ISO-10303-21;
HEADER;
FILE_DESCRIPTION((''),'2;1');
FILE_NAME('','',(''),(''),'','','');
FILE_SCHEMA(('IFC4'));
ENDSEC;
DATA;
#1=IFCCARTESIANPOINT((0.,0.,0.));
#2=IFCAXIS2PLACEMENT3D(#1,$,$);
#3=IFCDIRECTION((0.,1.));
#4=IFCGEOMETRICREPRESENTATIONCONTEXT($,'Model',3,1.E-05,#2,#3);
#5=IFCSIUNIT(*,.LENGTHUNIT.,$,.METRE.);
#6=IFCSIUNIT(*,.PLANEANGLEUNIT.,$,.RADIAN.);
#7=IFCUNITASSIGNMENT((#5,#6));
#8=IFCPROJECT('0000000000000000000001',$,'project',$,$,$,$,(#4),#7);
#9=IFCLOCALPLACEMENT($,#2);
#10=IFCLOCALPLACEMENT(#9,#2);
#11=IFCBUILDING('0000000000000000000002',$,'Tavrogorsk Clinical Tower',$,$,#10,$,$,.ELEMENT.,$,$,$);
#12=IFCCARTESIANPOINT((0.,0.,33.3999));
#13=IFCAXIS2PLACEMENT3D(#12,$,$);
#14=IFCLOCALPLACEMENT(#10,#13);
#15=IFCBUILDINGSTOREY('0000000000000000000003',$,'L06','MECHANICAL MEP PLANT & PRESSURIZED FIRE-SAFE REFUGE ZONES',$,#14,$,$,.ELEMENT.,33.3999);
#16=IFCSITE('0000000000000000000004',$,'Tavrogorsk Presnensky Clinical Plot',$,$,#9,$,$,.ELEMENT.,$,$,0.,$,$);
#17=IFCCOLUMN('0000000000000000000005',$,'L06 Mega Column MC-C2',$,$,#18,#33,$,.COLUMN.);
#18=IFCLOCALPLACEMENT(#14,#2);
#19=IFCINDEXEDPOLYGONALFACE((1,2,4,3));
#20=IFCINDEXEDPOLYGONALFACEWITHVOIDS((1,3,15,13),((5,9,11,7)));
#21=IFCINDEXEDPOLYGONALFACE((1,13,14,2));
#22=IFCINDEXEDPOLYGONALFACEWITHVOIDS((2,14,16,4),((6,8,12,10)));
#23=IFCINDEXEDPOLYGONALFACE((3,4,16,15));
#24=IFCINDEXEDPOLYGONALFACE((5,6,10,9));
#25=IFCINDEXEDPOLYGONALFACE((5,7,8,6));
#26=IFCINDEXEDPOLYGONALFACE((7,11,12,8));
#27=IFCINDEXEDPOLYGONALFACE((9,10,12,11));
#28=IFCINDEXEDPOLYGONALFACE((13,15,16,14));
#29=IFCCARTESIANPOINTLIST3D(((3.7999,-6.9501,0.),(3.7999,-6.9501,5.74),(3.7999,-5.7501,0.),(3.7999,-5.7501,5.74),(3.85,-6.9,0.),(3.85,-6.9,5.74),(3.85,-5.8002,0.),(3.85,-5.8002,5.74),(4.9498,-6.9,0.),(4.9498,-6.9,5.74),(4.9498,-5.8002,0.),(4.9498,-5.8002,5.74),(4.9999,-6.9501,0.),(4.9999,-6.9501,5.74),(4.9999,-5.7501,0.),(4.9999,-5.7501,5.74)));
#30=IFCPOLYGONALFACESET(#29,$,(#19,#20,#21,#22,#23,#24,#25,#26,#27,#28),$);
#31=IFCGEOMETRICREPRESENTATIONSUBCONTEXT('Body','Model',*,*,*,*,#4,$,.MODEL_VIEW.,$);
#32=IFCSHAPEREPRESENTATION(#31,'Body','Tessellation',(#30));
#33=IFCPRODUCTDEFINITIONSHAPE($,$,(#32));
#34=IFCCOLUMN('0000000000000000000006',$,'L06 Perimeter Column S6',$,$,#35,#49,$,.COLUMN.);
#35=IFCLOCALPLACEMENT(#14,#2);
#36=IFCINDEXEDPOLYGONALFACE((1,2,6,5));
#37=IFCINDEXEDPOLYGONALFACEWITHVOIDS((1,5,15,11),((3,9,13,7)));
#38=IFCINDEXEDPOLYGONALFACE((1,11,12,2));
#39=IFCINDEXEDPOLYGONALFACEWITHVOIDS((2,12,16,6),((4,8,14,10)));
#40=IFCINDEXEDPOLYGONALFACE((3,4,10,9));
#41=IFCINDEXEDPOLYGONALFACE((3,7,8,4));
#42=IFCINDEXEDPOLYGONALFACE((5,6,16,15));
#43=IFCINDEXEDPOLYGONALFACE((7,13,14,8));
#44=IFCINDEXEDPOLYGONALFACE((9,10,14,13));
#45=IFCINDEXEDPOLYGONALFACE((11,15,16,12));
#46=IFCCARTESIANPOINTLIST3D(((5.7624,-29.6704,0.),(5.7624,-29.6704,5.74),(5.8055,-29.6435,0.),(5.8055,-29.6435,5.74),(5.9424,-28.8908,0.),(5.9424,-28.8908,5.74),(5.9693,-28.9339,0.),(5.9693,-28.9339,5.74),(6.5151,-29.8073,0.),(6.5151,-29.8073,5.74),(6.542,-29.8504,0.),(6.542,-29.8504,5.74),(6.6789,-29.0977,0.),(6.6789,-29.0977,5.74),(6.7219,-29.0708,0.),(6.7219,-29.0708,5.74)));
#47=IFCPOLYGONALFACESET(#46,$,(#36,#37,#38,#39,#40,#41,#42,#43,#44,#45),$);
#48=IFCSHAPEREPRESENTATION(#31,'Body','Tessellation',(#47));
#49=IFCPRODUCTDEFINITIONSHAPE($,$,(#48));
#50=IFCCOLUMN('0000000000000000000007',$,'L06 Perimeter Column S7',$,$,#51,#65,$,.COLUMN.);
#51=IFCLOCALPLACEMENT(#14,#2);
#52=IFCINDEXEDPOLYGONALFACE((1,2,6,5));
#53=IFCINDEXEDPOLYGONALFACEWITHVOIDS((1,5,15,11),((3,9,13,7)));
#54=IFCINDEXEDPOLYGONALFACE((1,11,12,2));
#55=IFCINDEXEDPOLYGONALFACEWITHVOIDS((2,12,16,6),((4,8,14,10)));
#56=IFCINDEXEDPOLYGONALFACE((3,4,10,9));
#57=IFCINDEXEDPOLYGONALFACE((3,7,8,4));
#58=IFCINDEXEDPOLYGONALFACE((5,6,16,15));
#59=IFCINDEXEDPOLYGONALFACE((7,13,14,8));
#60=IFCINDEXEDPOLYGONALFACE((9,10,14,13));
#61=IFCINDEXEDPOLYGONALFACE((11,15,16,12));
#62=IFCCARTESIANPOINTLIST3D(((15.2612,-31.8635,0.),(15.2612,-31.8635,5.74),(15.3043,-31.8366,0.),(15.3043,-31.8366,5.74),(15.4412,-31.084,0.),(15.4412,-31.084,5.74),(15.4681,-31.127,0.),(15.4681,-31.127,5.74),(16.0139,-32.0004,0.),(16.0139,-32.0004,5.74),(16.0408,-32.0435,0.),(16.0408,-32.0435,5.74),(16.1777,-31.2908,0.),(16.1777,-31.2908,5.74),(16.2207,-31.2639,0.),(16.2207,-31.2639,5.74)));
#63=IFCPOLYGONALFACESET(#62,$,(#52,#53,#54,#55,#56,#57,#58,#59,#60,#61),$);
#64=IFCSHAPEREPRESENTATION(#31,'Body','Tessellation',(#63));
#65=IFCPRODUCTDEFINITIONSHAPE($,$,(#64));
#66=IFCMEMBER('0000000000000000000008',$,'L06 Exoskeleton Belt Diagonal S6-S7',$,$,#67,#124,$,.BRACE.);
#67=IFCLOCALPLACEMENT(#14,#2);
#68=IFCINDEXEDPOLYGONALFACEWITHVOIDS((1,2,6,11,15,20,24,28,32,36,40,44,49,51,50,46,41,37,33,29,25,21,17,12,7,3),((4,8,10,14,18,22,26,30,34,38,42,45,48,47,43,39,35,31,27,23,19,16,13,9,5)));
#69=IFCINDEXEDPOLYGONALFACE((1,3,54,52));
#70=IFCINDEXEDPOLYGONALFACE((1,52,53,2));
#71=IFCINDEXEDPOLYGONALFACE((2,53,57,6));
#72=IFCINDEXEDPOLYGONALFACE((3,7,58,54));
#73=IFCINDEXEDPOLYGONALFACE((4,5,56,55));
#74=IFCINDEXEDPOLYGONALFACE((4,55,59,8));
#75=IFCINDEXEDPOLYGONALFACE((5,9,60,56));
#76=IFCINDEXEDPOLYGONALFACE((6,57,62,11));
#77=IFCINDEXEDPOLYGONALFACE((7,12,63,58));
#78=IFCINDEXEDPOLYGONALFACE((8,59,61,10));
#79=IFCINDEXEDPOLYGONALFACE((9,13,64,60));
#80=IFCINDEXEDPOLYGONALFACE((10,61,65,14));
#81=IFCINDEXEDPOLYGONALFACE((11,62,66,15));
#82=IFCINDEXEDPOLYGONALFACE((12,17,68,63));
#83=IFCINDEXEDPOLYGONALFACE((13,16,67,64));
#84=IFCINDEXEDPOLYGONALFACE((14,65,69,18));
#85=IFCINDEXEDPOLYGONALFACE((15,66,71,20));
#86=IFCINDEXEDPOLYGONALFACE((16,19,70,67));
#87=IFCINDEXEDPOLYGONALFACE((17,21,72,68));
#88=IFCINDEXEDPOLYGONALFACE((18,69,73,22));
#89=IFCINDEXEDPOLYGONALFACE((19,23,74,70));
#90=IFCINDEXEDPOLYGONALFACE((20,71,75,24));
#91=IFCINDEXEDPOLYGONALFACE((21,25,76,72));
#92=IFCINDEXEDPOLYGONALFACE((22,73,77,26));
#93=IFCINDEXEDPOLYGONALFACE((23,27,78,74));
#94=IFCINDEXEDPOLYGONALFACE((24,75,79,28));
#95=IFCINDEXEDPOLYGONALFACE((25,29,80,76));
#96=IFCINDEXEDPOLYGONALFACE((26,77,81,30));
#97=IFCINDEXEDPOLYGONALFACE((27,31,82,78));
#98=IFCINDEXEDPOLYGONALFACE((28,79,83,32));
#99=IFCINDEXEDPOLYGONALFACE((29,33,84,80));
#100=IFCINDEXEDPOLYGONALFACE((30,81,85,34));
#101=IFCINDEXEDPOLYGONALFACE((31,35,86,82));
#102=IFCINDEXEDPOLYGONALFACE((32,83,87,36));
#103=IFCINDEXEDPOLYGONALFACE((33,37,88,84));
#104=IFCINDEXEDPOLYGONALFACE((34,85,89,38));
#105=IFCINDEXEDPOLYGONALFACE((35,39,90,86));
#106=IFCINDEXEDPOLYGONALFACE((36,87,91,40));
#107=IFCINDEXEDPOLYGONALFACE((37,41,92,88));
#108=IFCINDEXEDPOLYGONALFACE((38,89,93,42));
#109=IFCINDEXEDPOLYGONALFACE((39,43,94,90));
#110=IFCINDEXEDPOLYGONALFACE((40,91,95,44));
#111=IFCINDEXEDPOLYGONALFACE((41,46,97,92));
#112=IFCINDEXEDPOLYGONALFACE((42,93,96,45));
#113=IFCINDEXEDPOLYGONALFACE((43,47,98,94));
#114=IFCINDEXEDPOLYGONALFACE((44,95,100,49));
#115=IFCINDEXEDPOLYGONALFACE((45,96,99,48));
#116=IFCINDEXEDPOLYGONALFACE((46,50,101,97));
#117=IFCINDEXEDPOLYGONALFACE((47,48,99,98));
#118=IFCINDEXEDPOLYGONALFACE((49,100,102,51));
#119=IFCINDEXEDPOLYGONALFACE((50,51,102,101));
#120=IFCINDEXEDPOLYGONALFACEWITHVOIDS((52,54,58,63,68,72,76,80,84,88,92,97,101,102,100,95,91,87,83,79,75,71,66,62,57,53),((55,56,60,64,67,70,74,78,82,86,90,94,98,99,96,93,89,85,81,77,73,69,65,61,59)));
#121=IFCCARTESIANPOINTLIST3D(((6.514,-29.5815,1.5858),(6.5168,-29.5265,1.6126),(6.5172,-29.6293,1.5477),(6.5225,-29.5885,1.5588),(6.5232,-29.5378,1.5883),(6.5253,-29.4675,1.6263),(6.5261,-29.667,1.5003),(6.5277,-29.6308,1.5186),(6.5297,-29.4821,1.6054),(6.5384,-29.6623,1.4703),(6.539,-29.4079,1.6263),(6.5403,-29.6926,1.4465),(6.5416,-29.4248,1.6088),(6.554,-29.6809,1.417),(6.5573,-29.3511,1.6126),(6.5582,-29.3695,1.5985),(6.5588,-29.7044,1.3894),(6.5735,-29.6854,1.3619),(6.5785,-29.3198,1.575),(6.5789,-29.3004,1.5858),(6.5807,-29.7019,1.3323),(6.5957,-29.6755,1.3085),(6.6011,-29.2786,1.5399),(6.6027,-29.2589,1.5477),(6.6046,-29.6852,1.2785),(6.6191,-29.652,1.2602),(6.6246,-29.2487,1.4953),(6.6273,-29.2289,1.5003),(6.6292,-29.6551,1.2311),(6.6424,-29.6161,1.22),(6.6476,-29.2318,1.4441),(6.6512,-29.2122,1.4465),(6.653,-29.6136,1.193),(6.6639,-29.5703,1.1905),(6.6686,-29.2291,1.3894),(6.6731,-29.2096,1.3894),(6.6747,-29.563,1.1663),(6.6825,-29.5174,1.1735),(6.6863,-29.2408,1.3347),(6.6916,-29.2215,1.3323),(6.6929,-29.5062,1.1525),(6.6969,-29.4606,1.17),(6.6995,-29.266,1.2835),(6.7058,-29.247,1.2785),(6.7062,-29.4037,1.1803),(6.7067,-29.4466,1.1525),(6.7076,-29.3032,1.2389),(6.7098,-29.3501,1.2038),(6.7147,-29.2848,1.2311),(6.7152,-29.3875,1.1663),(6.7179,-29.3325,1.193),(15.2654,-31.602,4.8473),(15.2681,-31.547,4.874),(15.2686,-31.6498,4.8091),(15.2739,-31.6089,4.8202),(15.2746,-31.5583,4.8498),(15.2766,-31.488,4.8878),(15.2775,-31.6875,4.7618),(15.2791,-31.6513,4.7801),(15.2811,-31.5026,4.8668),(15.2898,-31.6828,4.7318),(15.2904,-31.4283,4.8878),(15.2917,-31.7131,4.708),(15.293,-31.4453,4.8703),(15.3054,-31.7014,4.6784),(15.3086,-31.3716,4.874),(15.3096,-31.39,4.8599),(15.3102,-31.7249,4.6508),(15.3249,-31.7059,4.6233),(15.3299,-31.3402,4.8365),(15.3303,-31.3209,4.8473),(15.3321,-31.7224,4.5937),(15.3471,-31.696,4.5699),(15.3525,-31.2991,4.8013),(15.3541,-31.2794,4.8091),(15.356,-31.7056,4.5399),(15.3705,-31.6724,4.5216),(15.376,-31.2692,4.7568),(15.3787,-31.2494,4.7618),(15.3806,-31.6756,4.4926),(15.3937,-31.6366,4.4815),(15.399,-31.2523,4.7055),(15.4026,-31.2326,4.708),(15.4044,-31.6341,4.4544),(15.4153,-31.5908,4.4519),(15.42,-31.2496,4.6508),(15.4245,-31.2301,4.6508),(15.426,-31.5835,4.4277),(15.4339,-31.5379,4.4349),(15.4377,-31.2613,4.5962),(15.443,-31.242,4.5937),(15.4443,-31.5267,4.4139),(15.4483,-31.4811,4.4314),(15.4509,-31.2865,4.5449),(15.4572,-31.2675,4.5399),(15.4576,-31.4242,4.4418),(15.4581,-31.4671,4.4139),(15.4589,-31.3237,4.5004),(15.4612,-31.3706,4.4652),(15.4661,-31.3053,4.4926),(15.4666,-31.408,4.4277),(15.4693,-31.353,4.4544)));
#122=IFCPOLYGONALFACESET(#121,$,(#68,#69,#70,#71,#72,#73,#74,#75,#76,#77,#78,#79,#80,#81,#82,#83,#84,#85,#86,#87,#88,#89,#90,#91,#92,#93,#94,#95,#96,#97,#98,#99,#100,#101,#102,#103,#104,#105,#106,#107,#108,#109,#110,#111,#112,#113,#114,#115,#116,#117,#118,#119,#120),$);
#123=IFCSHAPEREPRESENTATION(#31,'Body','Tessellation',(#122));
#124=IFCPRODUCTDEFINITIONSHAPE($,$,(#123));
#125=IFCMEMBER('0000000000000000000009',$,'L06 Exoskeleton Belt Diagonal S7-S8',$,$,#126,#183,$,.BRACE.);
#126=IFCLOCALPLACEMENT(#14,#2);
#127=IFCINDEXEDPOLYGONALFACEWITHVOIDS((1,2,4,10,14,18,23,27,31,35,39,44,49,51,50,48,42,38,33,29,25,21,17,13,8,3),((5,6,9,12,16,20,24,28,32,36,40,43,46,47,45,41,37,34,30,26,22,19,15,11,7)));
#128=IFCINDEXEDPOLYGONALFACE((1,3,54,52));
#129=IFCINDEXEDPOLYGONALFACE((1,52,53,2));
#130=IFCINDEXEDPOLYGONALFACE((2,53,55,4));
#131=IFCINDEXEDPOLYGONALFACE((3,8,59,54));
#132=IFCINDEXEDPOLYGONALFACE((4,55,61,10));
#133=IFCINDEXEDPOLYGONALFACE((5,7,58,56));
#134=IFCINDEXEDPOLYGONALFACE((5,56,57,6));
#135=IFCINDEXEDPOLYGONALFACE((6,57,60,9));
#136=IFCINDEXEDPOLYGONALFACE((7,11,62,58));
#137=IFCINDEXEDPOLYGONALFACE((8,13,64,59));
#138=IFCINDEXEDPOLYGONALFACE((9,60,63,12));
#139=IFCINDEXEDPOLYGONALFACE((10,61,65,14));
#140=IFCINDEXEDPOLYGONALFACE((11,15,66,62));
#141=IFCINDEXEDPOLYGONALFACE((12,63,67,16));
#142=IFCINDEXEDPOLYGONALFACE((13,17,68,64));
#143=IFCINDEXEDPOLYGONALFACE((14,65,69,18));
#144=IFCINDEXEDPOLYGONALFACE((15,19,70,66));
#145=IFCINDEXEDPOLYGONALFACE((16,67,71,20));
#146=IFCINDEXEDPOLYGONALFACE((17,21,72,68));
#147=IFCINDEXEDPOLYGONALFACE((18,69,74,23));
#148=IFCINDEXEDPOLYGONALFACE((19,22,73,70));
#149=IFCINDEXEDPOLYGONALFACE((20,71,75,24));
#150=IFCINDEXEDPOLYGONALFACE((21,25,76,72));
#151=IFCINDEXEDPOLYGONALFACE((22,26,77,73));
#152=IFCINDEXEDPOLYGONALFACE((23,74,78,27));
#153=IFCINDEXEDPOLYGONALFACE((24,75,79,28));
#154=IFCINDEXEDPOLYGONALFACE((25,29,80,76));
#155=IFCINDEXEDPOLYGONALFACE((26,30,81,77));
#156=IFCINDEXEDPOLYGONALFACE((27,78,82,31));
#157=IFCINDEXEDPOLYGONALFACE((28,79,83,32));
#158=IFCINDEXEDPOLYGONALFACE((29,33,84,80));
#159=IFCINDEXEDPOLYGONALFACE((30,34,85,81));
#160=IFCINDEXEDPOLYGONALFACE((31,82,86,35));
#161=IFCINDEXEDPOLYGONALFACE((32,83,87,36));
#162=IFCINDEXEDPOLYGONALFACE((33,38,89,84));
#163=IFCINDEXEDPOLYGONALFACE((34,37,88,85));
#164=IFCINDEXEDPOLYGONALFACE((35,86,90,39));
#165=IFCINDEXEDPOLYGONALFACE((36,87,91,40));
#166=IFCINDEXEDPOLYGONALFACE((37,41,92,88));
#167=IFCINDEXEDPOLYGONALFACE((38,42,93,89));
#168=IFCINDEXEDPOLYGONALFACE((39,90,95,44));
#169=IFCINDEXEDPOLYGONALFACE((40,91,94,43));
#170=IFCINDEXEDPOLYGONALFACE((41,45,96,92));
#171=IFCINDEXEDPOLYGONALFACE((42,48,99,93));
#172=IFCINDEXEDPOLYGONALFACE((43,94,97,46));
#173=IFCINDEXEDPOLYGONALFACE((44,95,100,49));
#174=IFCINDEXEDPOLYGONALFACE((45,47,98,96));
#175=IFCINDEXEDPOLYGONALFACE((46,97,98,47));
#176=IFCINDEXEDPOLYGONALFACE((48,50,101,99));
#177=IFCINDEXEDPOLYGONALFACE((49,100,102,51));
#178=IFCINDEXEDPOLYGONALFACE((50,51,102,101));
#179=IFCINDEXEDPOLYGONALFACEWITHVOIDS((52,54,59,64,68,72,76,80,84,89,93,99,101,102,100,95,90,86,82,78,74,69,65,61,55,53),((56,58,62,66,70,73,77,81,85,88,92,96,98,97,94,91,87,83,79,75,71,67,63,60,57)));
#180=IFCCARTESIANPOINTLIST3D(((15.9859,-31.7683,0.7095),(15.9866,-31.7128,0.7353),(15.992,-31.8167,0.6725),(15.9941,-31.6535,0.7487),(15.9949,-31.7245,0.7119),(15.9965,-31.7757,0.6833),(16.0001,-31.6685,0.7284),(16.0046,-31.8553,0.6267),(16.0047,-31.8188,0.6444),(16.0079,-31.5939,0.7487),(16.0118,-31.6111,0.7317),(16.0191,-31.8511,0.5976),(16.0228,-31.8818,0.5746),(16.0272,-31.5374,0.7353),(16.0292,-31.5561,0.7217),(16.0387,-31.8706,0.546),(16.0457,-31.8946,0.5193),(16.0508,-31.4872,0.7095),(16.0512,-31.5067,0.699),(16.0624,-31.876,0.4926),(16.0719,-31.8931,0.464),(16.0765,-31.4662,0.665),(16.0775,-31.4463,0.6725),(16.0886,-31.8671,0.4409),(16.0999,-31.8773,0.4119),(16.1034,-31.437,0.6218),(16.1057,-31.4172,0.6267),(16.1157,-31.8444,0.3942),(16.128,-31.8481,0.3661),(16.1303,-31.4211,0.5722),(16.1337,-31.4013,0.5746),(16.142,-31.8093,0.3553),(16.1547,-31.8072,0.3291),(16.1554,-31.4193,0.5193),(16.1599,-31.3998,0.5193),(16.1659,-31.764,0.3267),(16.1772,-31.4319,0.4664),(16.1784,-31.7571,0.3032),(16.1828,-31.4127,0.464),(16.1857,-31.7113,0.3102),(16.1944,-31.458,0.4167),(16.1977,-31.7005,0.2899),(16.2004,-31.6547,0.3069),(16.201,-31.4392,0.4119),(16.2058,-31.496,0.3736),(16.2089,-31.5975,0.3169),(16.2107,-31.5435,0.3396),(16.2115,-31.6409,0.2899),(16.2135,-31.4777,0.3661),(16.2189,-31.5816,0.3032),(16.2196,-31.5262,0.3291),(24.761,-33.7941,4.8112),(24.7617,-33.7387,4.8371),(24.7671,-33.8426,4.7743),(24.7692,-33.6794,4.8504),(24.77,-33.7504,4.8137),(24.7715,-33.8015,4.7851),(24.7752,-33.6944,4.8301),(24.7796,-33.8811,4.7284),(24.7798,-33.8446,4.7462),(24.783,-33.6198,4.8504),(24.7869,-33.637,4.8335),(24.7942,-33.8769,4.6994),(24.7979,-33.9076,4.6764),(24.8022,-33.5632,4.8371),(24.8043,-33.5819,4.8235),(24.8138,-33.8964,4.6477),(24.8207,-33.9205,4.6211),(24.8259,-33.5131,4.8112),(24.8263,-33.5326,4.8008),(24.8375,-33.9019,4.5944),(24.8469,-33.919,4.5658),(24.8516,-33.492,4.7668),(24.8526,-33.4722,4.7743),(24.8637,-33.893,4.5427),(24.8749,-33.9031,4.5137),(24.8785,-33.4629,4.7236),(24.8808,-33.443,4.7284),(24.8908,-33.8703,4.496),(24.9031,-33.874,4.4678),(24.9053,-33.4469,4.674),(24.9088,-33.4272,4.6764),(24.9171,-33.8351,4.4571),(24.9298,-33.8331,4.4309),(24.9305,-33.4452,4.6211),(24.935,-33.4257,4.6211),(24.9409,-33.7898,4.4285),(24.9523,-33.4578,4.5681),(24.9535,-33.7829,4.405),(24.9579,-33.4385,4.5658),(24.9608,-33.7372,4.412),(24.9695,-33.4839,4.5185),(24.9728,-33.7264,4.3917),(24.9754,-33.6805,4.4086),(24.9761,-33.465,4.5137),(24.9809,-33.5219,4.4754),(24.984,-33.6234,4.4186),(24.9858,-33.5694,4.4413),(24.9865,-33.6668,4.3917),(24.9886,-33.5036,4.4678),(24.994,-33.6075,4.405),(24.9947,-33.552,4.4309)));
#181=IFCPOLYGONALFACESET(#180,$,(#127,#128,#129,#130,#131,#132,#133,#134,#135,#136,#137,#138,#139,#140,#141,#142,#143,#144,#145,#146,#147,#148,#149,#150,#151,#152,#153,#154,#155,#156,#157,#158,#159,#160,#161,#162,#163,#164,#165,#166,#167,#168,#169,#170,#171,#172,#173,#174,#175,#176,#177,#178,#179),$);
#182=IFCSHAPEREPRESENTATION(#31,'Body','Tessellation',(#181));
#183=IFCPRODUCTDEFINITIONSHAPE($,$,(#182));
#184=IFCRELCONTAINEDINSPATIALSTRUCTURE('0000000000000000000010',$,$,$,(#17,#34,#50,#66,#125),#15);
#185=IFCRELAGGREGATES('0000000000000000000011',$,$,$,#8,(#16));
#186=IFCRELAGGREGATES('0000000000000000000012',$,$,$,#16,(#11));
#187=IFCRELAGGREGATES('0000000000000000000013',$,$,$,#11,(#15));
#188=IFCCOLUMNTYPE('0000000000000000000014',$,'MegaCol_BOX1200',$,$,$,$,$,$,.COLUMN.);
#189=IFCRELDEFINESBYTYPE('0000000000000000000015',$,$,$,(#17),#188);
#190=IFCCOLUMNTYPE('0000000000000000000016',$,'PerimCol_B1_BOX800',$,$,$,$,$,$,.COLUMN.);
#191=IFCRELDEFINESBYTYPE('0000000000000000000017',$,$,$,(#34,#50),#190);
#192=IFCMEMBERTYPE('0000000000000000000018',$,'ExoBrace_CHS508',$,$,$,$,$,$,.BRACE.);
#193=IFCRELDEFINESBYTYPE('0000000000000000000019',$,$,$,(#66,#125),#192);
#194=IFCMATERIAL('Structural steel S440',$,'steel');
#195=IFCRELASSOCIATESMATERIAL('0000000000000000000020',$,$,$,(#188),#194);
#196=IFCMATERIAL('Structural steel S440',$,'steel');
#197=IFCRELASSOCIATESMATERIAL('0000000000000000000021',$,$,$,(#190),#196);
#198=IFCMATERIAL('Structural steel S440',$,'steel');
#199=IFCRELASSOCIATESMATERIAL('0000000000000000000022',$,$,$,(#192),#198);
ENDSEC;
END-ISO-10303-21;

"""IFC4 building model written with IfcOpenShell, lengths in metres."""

from ifc_helpers import new_model, si_unit, direction, frame, origin, origin_2d, place, context, subcontext, project, spatial, hollow_rectangle, hollow_circle, extrude, material, material_profile, profile_set, type_object, element, save


model = new_model("IFC4")

# Units and contexts
model_context = context("Model", 3, precision=1e-05, world=origin(), true_north=direction((0.0, 1.0)))
body_context = subcontext(model_context, "Body", "Model", "MODEL_VIEW")
ifc_project = project(units=[si_unit("LENGTHUNIT", "METRE"), si_unit("PLANEANGLEUNIT", "RADIAN")], contexts=[model_context])

# Site, building, storey
site_placement = place(None, origin())
site = spatial("IfcSite", under=ifc_project, at=site_placement, Name="Tavrogorsk Presnensky Clinical Plot", CompositionType="ELEMENT", RefElevation=0.0)
building_placement = place(site_placement, origin())
building = spatial("IfcBuilding", under=site, at=building_placement, Name="Tavrogorsk Clinical Tower", CompositionType="ELEMENT")
storey_placement = place(building_placement, frame((0.0, 0.0, 33.3999)))
storey = spatial("IfcBuildingStorey", under=building, at=storey_placement, Name="L06", Description="MECHANICAL MEP PLANT & PRESSURIZED FIRE-SAFE REFUGE ZONES", CompositionType="ELEMENT", Elevation=33.3999)

# Columns
ifc_material_1 = material(Name="Structural steel S440", Category="steel")
ifc_material_profile_1 = material_profile(ifc_material_1, hollow_rectangle(XDim=1.2, YDim=1.2, WallThickness=0.05, at=origin_2d()), Name="BOX-1200x1200x50")
ifc_profile_set_1 = profile_set([ifc_material_profile_1], Name="Structural steel S440")
column_type_1 = type_object("IfcColumnType", Name="MegaCol_BOX1200", PredefinedType="COLUMN", material=ifc_profile_set_1)
column_placement = place(storey_placement, frame((4.3999, -6.3501, 0.0), z_axis=(0.0, 0.0, 1.0), x_axis=(1.0, 0.0, 0.0)))
element("IfcColumn", 1, at=column_placement, inside=storey, type_object=column_type_1, Name="L06 Mega Column MC-C2", PredefinedType="COLUMN", context=body_context, shape_type="SweptSolid", body=[
    extrude(hollow_rectangle(XDim=1.2, YDim=1.2, WallThickness=0.05, at=origin_2d()), origin(), (0.0, 0.0, 1.0), 5.74),
])
ifc_material_2 = material(Name="Structural steel S440", Category="steel")
ifc_material_profile_2 = material_profile(ifc_material_2, hollow_rectangle(XDim=0.8, YDim=0.8, WallThickness=0.0359, at=origin_2d()), Name="BOX-800x800x36")
ifc_profile_set_2 = profile_set([ifc_material_profile_2], Name="Structural steel S440")
column_type_2 = type_object("IfcColumnType", Name="PerimCol_B1_BOX800", PredefinedType="COLUMN", material=ifc_profile_set_2)
for number, where, z_axis, x_axis, name in (
    (2, (6.2422, -29.3706, 0.0), (0.0, 0.0, 1.0), (0.97437, -0.224951, 0.0), "L06 Perimeter Column S6"),
    (3, (15.741, -31.5637, 0.0), (0.0, 0.0, 1.0), (0.97437, -0.224951, 0.0), "L06 Perimeter Column S7"),
):
    element("IfcColumn", number, at=place(storey_placement, frame(where, z_axis=z_axis, x_axis=x_axis)), inside=storey, type_object=column_type_2, Name=name, PredefinedType="COLUMN", context=body_context, shape_type="SweptSolid", body=[
        extrude(hollow_rectangle(XDim=0.8, YDim=0.8, WallThickness=0.0359, at=origin_2d()), origin(), (0.0, 0.0, 1.0), 5.74),
    ])

# Members
ifc_material_3 = material(Name="Structural steel S440", Category="steel")
ifc_material_profile_3 = material_profile(ifc_material_3, hollow_circle(Radius=0.2539, WallThickness=0.02, at=origin_2d()), Name="CHS-508x20")
ifc_profile_set_3 = profile_set([ifc_material_profile_3], Name="Structural steel S440")
member_type_1 = type_object("IfcMemberType", Name="ExoBrace_CHS508", PredefinedType="BRACE", material=ifc_profile_set_3)
member_1_placement = place(storey_placement, frame((6.616, -29.457, 1.3894), z_axis=(0.915855, -0.211449, 0.341319), x_axis=(0.224959, 0.974368, 0.0)))
element("IfcMember", 4, at=member_1_placement, inside=storey, type_object=member_type_1, Name="L06 Exoskeleton Belt Diagonal S6-S7", PredefinedType="BRACE", context=body_context, shape_type="SweptSolid", body=[
    extrude(hollow_circle(Radius=0.2539, WallThickness=0.02, at=origin_2d()), origin(), (0.0, 0.0, 1.0), 9.5554),
])
member_2_placement = place(storey_placement, frame((16.1028, -31.6472, 0.5193), z_axis=(0.88673, -0.204716, 0.414488), x_axis=(0.224949, 0.974371, 0.0)))
element("IfcMember", 5, at=member_2_placement, inside=storey, type_object=member_type_1, Name="L06 Exoskeleton Belt Diagonal S7-S8", PredefinedType="BRACE", context=body_context, shape_type="SweptSolid", body=[
    extrude(hollow_circle(Radius=0.2539, WallThickness=0.02, at=origin_2d()), origin(), (0.0, 0.0, 1.0), 9.896),
])

save(model, "model.ifc")
